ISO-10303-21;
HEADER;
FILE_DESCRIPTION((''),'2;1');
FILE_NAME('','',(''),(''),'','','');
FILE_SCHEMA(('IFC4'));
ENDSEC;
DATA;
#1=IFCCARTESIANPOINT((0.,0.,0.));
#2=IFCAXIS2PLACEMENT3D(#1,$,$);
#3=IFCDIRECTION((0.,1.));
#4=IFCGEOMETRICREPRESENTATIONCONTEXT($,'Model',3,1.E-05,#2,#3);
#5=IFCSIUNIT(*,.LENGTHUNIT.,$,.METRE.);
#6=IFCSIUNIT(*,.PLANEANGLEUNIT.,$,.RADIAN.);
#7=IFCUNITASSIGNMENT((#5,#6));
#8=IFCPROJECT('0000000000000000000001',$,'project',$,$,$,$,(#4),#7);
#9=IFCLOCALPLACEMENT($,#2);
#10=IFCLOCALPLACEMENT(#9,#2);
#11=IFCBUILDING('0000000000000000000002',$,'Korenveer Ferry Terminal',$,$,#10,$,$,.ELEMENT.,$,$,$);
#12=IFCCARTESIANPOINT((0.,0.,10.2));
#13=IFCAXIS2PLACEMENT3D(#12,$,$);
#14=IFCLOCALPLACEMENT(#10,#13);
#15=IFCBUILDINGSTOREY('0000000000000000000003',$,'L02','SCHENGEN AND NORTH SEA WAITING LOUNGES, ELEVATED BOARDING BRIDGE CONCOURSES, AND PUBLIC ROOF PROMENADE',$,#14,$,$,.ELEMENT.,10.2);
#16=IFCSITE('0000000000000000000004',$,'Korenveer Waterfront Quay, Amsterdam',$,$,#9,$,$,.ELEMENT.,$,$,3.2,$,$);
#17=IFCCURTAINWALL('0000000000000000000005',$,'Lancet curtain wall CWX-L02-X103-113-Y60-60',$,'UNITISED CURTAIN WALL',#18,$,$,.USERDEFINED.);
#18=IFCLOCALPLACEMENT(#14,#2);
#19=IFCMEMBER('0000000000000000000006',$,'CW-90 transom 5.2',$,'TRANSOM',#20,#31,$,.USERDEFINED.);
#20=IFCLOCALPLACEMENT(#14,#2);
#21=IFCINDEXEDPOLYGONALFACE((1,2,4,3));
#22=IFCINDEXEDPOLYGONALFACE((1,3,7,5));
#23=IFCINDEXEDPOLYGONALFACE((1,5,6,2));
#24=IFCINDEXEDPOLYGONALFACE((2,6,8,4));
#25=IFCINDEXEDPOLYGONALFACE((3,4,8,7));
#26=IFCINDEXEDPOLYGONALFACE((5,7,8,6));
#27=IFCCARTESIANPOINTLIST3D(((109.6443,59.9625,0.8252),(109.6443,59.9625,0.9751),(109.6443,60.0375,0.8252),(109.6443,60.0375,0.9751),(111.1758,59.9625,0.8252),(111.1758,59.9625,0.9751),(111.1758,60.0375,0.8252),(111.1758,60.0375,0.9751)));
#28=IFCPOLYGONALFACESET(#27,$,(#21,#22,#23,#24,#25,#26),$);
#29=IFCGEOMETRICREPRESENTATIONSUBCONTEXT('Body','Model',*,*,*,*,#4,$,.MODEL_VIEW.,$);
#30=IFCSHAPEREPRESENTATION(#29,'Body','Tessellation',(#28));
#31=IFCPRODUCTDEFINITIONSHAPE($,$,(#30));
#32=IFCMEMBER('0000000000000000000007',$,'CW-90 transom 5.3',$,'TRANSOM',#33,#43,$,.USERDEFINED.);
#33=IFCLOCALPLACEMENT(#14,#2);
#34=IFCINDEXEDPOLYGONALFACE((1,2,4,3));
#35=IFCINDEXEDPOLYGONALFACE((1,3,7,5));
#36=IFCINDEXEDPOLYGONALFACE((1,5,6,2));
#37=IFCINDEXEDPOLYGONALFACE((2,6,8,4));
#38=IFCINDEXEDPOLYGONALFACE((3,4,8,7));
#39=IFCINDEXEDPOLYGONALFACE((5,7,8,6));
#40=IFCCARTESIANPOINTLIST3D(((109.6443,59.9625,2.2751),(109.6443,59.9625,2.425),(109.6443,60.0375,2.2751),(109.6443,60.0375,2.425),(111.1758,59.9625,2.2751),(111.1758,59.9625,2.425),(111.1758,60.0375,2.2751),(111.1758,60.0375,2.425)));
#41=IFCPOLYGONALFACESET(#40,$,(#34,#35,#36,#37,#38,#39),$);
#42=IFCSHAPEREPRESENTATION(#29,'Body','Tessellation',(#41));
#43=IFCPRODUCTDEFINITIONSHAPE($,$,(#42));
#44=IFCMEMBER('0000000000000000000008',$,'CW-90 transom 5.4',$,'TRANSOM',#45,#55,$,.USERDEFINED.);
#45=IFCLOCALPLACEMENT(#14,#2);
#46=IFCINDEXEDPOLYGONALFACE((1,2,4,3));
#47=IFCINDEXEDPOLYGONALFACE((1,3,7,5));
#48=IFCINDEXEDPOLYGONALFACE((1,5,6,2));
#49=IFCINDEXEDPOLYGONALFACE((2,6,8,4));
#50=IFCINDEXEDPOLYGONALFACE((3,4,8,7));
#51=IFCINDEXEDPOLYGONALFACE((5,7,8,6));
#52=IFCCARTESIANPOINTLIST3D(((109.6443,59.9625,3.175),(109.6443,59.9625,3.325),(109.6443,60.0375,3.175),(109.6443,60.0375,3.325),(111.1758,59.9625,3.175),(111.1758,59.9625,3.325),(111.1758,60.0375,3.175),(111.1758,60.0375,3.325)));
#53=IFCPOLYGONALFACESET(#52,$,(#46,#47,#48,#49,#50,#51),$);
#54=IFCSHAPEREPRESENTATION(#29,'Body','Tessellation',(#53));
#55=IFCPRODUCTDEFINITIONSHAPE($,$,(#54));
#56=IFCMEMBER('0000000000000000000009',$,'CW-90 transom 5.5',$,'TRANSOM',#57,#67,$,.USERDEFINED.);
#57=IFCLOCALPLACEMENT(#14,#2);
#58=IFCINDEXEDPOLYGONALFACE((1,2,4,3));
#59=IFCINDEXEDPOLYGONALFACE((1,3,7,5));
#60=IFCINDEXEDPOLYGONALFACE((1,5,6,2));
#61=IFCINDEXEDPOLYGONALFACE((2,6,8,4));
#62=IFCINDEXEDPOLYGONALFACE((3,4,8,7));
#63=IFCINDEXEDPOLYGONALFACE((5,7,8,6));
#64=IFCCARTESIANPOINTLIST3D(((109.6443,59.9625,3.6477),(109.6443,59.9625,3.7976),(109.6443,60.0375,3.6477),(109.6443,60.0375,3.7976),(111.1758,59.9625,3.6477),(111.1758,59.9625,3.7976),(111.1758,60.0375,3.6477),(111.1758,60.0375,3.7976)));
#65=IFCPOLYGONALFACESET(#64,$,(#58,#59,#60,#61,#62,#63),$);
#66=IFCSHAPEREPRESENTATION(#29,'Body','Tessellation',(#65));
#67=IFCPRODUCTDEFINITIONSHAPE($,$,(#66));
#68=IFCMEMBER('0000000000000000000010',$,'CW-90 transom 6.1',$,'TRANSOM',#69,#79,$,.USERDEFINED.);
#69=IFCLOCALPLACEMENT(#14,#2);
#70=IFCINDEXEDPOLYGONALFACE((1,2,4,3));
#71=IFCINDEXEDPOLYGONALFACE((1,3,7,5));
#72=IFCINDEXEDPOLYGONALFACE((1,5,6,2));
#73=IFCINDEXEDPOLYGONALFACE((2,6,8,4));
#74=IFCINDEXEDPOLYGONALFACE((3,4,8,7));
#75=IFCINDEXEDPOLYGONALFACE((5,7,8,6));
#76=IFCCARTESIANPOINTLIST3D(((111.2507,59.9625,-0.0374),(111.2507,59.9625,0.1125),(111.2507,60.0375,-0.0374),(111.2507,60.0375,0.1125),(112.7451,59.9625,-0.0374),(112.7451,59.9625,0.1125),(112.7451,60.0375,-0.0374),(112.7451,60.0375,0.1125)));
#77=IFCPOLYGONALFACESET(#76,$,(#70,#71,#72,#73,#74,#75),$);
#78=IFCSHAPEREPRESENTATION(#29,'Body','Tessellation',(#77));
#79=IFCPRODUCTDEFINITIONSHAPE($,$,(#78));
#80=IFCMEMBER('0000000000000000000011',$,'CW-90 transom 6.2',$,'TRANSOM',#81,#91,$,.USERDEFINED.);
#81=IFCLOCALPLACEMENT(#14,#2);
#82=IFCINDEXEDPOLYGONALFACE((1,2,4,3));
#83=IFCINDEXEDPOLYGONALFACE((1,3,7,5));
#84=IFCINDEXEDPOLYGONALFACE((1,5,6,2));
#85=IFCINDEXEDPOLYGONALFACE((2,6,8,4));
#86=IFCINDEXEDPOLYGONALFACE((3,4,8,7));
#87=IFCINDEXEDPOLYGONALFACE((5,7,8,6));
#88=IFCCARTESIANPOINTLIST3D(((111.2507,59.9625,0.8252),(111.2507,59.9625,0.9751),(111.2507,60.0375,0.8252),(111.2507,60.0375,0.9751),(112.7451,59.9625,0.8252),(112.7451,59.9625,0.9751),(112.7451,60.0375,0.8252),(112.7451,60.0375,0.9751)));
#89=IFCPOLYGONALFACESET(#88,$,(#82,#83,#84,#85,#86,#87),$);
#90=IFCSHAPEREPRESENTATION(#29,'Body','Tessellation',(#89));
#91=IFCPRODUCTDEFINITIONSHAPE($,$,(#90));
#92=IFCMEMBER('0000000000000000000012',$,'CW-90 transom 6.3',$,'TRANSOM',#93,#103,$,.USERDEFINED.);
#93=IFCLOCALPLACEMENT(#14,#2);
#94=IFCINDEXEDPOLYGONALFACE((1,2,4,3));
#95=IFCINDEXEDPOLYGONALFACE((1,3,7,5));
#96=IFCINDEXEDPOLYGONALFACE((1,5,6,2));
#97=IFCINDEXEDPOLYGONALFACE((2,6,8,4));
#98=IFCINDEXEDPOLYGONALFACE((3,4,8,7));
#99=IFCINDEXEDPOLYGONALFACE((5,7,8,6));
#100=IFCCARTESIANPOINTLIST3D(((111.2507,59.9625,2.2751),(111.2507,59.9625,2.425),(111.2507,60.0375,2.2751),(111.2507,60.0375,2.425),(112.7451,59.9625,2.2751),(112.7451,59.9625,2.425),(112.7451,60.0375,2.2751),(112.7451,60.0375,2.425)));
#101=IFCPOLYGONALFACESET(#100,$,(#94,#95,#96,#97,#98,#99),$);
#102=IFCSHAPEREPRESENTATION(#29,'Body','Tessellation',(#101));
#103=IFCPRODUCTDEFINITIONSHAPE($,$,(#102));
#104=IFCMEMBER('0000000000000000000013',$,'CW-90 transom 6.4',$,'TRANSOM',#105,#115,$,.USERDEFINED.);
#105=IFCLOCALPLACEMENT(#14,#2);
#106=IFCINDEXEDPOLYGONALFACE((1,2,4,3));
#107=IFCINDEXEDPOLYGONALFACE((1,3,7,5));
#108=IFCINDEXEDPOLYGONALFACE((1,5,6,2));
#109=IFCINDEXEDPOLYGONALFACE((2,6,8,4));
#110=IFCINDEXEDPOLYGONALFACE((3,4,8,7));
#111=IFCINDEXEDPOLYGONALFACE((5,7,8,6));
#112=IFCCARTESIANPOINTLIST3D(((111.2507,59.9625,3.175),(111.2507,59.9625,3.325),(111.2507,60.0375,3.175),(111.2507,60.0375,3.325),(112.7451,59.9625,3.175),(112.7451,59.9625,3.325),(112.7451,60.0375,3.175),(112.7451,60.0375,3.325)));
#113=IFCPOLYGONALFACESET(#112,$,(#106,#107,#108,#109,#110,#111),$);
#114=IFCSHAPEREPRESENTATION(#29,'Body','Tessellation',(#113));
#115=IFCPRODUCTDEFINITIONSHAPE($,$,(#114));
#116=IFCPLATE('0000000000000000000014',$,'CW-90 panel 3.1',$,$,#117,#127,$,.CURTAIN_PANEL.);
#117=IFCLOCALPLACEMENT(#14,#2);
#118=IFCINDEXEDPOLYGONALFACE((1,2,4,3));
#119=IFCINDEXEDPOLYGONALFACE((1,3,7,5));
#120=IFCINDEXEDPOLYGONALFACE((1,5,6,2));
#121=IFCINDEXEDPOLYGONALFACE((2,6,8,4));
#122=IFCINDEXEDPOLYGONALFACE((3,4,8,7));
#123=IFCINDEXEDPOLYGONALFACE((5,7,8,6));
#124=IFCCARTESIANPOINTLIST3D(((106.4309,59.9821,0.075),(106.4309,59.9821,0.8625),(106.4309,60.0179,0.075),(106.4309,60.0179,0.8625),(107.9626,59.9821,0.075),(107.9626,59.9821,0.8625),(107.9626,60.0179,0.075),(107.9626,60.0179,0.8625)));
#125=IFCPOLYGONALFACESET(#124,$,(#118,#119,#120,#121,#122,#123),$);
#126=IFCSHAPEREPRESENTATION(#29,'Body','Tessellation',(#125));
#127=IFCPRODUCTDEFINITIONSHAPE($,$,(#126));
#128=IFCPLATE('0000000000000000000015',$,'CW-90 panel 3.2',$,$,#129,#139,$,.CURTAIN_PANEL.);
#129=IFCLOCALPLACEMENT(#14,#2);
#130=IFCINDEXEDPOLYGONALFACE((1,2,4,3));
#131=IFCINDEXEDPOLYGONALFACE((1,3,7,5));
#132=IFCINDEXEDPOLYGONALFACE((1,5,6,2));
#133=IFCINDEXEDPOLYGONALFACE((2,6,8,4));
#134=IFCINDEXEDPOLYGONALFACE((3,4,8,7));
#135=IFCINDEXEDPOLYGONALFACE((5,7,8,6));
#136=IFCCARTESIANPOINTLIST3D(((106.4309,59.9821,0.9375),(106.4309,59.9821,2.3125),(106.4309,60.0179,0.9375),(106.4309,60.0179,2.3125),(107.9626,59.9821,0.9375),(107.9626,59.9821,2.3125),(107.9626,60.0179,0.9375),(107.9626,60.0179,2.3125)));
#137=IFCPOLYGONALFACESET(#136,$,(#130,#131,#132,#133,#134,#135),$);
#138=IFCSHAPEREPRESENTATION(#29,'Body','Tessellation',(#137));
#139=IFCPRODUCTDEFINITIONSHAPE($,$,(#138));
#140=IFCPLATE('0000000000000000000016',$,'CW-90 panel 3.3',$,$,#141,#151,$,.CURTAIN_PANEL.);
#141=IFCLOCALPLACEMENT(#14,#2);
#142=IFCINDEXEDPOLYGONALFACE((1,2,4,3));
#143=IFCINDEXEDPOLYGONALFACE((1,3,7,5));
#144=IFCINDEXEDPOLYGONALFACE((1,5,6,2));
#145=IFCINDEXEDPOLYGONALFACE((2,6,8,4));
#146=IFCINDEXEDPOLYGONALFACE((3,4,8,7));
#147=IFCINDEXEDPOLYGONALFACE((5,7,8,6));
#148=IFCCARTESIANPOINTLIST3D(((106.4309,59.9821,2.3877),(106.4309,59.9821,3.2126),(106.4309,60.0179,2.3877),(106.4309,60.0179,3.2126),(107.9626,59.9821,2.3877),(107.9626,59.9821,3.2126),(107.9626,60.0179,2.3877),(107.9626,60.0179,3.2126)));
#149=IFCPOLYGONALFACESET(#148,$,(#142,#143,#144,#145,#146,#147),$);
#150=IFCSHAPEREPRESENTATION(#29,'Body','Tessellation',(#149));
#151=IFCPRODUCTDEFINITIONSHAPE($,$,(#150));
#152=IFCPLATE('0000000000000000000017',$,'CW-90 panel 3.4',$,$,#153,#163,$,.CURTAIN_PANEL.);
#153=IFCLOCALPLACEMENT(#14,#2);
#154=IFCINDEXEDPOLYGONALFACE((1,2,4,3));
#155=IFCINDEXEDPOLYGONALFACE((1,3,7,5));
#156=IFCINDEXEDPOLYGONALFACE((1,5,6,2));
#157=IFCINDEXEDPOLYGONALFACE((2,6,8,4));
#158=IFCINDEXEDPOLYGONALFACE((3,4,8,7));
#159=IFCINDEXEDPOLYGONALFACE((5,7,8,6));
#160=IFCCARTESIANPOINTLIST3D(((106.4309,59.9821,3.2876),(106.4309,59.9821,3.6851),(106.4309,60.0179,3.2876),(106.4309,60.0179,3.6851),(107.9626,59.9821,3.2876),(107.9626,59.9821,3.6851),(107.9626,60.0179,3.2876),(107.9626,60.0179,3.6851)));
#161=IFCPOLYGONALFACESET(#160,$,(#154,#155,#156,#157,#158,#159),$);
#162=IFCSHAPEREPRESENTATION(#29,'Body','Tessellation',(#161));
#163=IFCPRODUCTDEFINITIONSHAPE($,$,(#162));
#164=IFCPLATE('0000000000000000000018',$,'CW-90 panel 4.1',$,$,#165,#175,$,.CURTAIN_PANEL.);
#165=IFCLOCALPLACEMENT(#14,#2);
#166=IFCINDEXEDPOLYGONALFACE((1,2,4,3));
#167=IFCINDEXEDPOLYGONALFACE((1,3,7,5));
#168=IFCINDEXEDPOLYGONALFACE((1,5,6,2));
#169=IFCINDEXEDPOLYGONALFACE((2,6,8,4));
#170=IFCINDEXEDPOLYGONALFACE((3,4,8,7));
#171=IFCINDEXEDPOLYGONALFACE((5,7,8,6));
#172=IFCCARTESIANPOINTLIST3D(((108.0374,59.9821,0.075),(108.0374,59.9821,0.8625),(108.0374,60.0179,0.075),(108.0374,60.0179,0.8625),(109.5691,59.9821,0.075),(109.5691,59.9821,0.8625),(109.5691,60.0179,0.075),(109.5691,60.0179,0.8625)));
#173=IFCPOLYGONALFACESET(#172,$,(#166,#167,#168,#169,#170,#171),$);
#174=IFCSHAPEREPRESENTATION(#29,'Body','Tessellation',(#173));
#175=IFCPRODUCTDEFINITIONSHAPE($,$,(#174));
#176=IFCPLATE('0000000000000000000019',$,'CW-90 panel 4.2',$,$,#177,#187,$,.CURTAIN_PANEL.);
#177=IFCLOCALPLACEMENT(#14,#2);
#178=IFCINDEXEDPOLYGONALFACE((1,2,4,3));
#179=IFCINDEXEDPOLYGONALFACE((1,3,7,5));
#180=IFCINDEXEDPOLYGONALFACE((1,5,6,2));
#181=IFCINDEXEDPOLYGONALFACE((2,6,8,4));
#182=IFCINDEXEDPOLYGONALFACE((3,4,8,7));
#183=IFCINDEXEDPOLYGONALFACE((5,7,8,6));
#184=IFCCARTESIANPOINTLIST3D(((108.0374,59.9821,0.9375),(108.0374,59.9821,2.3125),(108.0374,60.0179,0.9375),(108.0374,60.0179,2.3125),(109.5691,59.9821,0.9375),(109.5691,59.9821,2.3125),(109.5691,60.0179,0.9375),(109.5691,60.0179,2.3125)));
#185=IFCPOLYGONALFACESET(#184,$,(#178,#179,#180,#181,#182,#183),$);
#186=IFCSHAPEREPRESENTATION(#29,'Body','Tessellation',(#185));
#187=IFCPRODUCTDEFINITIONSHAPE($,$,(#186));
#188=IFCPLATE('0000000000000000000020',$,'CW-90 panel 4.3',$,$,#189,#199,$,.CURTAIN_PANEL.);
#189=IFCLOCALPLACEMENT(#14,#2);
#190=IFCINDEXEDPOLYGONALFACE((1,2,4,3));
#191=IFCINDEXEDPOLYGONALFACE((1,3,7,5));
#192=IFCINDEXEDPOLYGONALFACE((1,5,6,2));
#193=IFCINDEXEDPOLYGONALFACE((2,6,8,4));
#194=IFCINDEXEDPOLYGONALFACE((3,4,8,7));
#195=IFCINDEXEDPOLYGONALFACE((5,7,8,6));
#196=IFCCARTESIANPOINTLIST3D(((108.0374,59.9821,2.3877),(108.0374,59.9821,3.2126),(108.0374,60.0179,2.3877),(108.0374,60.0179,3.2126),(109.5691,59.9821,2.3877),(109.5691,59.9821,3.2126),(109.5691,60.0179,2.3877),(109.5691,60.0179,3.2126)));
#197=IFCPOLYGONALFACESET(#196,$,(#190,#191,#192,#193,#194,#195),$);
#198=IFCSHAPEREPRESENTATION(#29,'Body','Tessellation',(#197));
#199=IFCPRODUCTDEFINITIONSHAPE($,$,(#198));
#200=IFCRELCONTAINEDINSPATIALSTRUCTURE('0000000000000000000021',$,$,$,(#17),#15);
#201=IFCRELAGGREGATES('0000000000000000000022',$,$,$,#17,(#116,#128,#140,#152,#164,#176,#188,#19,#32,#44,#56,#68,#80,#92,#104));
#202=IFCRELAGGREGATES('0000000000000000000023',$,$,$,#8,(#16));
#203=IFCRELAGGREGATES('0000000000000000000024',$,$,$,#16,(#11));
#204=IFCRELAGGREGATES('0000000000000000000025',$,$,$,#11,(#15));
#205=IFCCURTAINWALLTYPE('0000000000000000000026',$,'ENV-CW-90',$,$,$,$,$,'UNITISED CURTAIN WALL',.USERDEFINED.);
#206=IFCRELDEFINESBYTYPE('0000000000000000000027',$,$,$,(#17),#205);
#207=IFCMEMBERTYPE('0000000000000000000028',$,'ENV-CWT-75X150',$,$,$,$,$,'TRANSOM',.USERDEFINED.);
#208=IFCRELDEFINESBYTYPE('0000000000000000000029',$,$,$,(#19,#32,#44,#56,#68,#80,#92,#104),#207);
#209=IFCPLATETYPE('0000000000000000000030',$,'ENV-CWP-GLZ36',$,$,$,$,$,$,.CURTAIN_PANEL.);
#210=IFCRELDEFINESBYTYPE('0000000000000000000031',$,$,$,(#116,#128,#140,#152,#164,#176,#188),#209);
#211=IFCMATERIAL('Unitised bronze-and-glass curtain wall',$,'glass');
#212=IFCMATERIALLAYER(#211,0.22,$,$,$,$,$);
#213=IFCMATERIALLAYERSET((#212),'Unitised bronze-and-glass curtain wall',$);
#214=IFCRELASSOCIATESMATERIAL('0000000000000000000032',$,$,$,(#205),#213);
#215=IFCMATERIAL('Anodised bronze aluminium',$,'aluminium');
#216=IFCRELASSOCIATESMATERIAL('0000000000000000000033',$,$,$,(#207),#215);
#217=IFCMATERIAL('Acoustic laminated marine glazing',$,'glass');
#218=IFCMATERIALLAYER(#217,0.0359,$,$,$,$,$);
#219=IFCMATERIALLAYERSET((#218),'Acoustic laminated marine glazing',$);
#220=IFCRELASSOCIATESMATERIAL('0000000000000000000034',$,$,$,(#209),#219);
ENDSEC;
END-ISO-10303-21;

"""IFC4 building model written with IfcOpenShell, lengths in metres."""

from ifc_helpers import new_model, si_unit, direction, frame, origin, origin_2d, place, context, subcontext, project, spatial, rectangle, extrude, material, layer, layer_set, material_profile, profile_set, type_object, element, aggregate, save


model = new_model("IFC4")

# Units and contexts
model_context = context("Model", 3, precision=1e-05, world=origin(), true_north=direction((0.0, 1.0)))
body_context = subcontext(model_context, "Body", "Model", "MODEL_VIEW")
ifc_project = project(units=[si_unit("LENGTHUNIT", "METRE"), si_unit("PLANEANGLEUNIT", "RADIAN")], contexts=[model_context])

# Site, building, storey
site_placement = place(None, origin())
site = spatial("IfcSite", under=ifc_project, at=site_placement, Name="Korenveer Waterfront Quay, Amsterdam", CompositionType="ELEMENT", RefElevation=3.2)
building_placement = place(site_placement, origin())
building = spatial("IfcBuilding", under=site, at=building_placement, Name="Korenveer Ferry Terminal", CompositionType="ELEMENT")
storey_placement = place(building_placement, frame((0.0, 0.0, 10.2)))
storey = spatial("IfcBuildingStorey", under=building, at=storey_placement, Name="L02", Description="SCHENGEN AND NORTH SEA WAITING LOUNGES, ELEVATED BOARDING BRIDGE CONCOURSES, AND PUBLIC ROOF PROMENADE", CompositionType="ELEMENT", Elevation=10.2)

# Curtain wall, members, plates
ifc_material_1 = material(Name="Unitised bronze-and-glass curtain wall", Category="glass")
ifc_layer_1 = layer(ifc_material_1, 0.22)
ifc_layer_set_1 = layer_set([ifc_layer_1], Name="Unitised bronze-and-glass curtain wall")
curtain_wall_type = type_object("IfcCurtainWallType", Name="ENV-CW-90", ElementType="UNITISED CURTAIN WALL", PredefinedType="USERDEFINED", material=ifc_layer_set_1)
curtain_wall_placement = place(storey_placement, frame((103.1799, 60.0, 0.0)))
curtain_wall = element("IfcCurtainWall", 1, at=curtain_wall_placement, inside=storey, type_object=curtain_wall_type, Name="Lancet curtain wall CWX-L02-X103-113-Y60-60", ObjectType="UNITISED CURTAIN WALL", PredefinedType="USERDEFINED")
ifc_material_2 = material(Name="Anodised bronze aluminium", Category="aluminium")
ifc_material_profile_1 = material_profile(ifc_material_2, rectangle(XDim=0.075, YDim=0.1499, at=origin_2d()), Name="ALU 75x150")
ifc_profile_set_1 = profile_set([ifc_material_profile_1], Name="Anodised bronze aluminium")
member_type_1 = type_object("IfcMemberType", Name="ENV-CWT-75X150", ElementType="TRANSOM", PredefinedType="USERDEFINED", material=ifc_profile_set_1)
member_1_placement = place(storey_placement, frame((109.6443, 60.0, 0.9001), z_axis=(1.0, 0.0, 0.0), x_axis=(0.0, 1.0, 0.0)))
member_1 = element("IfcMember", 2, at=member_1_placement, type_object=member_type_1, Name="CW-90 transom 5.2", ObjectType="TRANSOM", PredefinedType="USERDEFINED", context=body_context, shape_type="SweptSolid", body=[
    extrude(rectangle(XDim=0.075, YDim=0.1499, at=origin_2d()), origin(), (0.0, 0.0, 1.0), 1.5315),
])
member_2_placement = place(storey_placement, frame((109.6443, 60.0, 2.3501), z_axis=(1.0, 0.0, 0.0), x_axis=(0.0, 1.0, 0.0)))
member_2 = element("IfcMember", 3, at=member_2_placement, type_object=member_type_1, Name="CW-90 transom 5.3", ObjectType="TRANSOM", PredefinedType="USERDEFINED", context=body_context, shape_type="SweptSolid", body=[
    extrude(rectangle(XDim=0.075, YDim=0.1499, at=origin_2d()), origin(), (0.0, 0.0, 1.0), 1.5315),
])
member_3_placement = place(storey_placement, frame((109.6443, 60.0, 3.25), z_axis=(1.0, 0.0, 0.0), x_axis=(0.0, 1.0, 0.0)))
member_3 = element("IfcMember", 4, at=member_3_placement, type_object=member_type_1, Name="CW-90 transom 5.4", ObjectType="TRANSOM", PredefinedType="USERDEFINED", context=body_context, shape_type="SweptSolid", body=[
    extrude(rectangle(XDim=0.075, YDim=0.1499, at=origin_2d()), origin(), (0.0, 0.0, 1.0), 1.5315),
])
member_4_placement = place(storey_placement, frame((109.6443, 60.0, 3.7227), z_axis=(1.0, 0.0, 0.0), x_axis=(0.0, 1.0, 0.0)))
member_4 = element("IfcMember", 5, at=member_4_placement, type_object=member_type_1, Name="CW-90 transom 5.5", ObjectType="TRANSOM", PredefinedType="USERDEFINED", context=body_context, shape_type="SweptSolid", body=[
    extrude(rectangle(XDim=0.075, YDim=0.1499, at=origin_2d()), origin(), (0.0, 0.0, 1.0), 1.5315),
])
member_5_placement = place(storey_placement, frame((111.2507, 60.0, 0.0376), z_axis=(1.0, 0.0, 0.0), x_axis=(0.0, 1.0, 0.0)))
member_5 = element("IfcMember", 6, at=member_5_placement, type_object=member_type_1, Name="CW-90 transom 6.1", ObjectType="TRANSOM", PredefinedType="USERDEFINED", context=body_context, shape_type="SweptSolid", body=[
    extrude(rectangle(XDim=0.075, YDim=0.1499, at=origin_2d()), origin(), (0.0, 0.0, 1.0), 1.4944),
])
member_6_placement = place(storey_placement, frame((111.2507, 60.0, 0.9001), z_axis=(1.0, 0.0, 0.0), x_axis=(0.0, 1.0, 0.0)))
member_6 = element("IfcMember", 7, at=member_6_placement, type_object=member_type_1, Name="CW-90 transom 6.2", ObjectType="TRANSOM", PredefinedType="USERDEFINED", context=body_context, shape_type="SweptSolid", body=[
    extrude(rectangle(XDim=0.075, YDim=0.1499, at=origin_2d()), origin(), (0.0, 0.0, 1.0), 1.4944),
])
member_7_placement = place(storey_placement, frame((111.2507, 60.0, 2.3501), z_axis=(1.0, 0.0, 0.0), x_axis=(0.0, 1.0, 0.0)))
member_7 = element("IfcMember", 8, at=member_7_placement, type_object=member_type_1, Name="CW-90 transom 6.3", ObjectType="TRANSOM", PredefinedType="USERDEFINED", context=body_context, shape_type="SweptSolid", body=[
    extrude(rectangle(XDim=0.075, YDim=0.1499, at=origin_2d()), origin(), (0.0, 0.0, 1.0), 1.4944),
])
member_8_placement = place(storey_placement, frame((111.2507, 60.0, 3.25), z_axis=(1.0, 0.0, 0.0), x_axis=(0.0, 1.0, 0.0)))
member_8 = element("IfcMember", 9, at=member_8_placement, type_object=member_type_1, Name="CW-90 transom 6.4", ObjectType="TRANSOM", PredefinedType="USERDEFINED", context=body_context, shape_type="SweptSolid", body=[
    extrude(rectangle(XDim=0.075, YDim=0.1499, at=origin_2d()), origin(), (0.0, 0.0, 1.0), 1.4944),
])
ifc_material_3 = material(Name="Acoustic laminated marine glazing", Category="glass")
ifc_layer_2 = layer(ifc_material_3, 0.0359)
ifc_layer_set_2 = layer_set([ifc_layer_2], Name="Acoustic laminated marine glazing")
plate_type = type_object("IfcPlateType", Name="ENV-CWP-GLZ36", PredefinedType="CURTAIN_PANEL", material=ifc_layer_set_2)
plate_1_placement = place(storey_placement, frame((107.1968, 60.0, 0.075), z_axis=(0.0, 0.0, 1.0), x_axis=(1.0, 0.0, 0.0)))
plate_1 = element("IfcPlate", 10, at=plate_1_placement, type_object=plate_type, Name="CW-90 panel 3.1", PredefinedType="CURTAIN_PANEL", context=body_context, shape_type="SweptSolid", body=[
    extrude(rectangle(XDim=1.5317, YDim=0.0359, at=origin_2d()), origin(), (0.0, 0.0, 1.0), 0.7876),
])
plate_2_placement = place(storey_placement, frame((107.1968, 60.0, 0.9375), z_axis=(0.0, 0.0, 1.0), x_axis=(1.0, 0.0, 0.0)))
plate_2 = element("IfcPlate", 11, at=plate_2_placement, type_object=plate_type, Name="CW-90 panel 3.2", PredefinedType="CURTAIN_PANEL", context=body_context, shape_type="SweptSolid", body=[
    extrude(rectangle(XDim=1.5317, YDim=0.0359, at=origin_2d()), origin(), (0.0, 0.0, 1.0), 1.375),
])
plate_3_placement = place(storey_placement, frame((107.1968, 60.0, 2.3877), z_axis=(0.0, 0.0, 1.0), x_axis=(1.0, 0.0, 0.0)))
plate_3 = element("IfcPlate", 12, at=plate_3_placement, type_object=plate_type, Name="CW-90 panel 3.3", PredefinedType="CURTAIN_PANEL", context=body_context, shape_type="SweptSolid", body=[
    extrude(rectangle(XDim=1.5317, YDim=0.0359, at=origin_2d()), origin(), (0.0, 0.0, 1.0), 0.825),
])
plate_4_placement = place(storey_placement, frame((107.1968, 60.0, 3.2876), z_axis=(0.0, 0.0, 1.0), x_axis=(1.0, 0.0, 0.0)))
plate_4 = element("IfcPlate", 13, at=plate_4_placement, type_object=plate_type, Name="CW-90 panel 3.4", PredefinedType="CURTAIN_PANEL", context=body_context, shape_type="SweptSolid", body=[
    extrude(rectangle(XDim=1.5317, YDim=0.0359, at=origin_2d()), origin(), (0.0, 0.0, 1.0), 0.3975),
])
plate_5_placement = place(storey_placement, frame((108.8032, 60.0, 0.075), z_axis=(0.0, 0.0, 1.0), x_axis=(1.0, 0.0, 0.0)))
plate_5 = element("IfcPlate", 14, at=plate_5_placement, type_object=plate_type, Name="CW-90 panel 4.1", PredefinedType="CURTAIN_PANEL", context=body_context, shape_type="SweptSolid", body=[
    extrude(rectangle(XDim=1.5317, YDim=0.0359, at=origin_2d()), origin(), (0.0, 0.0, 1.0), 0.7876),
])
plate_6_placement = place(storey_placement, frame((108.8032, 60.0, 0.9375), z_axis=(0.0, 0.0, 1.0), x_axis=(1.0, 0.0, 0.0)))
plate_6 = element("IfcPlate", 15, at=plate_6_placement, type_object=plate_type, Name="CW-90 panel 4.2", PredefinedType="CURTAIN_PANEL", context=body_context, shape_type="SweptSolid", body=[
    extrude(rectangle(XDim=1.5317, YDim=0.0359, at=origin_2d()), origin(), (0.0, 0.0, 1.0), 1.375),
])
plate_7_placement = place(storey_placement, frame((108.8032, 60.0, 2.3877), z_axis=(0.0, 0.0, 1.0), x_axis=(1.0, 0.0, 0.0)))
plate_7 = element("IfcPlate", 16, at=plate_7_placement, type_object=plate_type, Name="CW-90 panel 4.3", PredefinedType="CURTAIN_PANEL", context=body_context, shape_type="SweptSolid", body=[
    extrude(rectangle(XDim=1.5317, YDim=0.0359, at=origin_2d()), origin(), (0.0, 0.0, 1.0), 0.825),
])
aggregate(curtain_wall, [plate_1, plate_2, plate_3, plate_4, plate_5, plate_6, plate_7, member_1, member_2, member_3, member_4, member_5, member_6, member_7, member_8])

save(model, "model.ifc")
